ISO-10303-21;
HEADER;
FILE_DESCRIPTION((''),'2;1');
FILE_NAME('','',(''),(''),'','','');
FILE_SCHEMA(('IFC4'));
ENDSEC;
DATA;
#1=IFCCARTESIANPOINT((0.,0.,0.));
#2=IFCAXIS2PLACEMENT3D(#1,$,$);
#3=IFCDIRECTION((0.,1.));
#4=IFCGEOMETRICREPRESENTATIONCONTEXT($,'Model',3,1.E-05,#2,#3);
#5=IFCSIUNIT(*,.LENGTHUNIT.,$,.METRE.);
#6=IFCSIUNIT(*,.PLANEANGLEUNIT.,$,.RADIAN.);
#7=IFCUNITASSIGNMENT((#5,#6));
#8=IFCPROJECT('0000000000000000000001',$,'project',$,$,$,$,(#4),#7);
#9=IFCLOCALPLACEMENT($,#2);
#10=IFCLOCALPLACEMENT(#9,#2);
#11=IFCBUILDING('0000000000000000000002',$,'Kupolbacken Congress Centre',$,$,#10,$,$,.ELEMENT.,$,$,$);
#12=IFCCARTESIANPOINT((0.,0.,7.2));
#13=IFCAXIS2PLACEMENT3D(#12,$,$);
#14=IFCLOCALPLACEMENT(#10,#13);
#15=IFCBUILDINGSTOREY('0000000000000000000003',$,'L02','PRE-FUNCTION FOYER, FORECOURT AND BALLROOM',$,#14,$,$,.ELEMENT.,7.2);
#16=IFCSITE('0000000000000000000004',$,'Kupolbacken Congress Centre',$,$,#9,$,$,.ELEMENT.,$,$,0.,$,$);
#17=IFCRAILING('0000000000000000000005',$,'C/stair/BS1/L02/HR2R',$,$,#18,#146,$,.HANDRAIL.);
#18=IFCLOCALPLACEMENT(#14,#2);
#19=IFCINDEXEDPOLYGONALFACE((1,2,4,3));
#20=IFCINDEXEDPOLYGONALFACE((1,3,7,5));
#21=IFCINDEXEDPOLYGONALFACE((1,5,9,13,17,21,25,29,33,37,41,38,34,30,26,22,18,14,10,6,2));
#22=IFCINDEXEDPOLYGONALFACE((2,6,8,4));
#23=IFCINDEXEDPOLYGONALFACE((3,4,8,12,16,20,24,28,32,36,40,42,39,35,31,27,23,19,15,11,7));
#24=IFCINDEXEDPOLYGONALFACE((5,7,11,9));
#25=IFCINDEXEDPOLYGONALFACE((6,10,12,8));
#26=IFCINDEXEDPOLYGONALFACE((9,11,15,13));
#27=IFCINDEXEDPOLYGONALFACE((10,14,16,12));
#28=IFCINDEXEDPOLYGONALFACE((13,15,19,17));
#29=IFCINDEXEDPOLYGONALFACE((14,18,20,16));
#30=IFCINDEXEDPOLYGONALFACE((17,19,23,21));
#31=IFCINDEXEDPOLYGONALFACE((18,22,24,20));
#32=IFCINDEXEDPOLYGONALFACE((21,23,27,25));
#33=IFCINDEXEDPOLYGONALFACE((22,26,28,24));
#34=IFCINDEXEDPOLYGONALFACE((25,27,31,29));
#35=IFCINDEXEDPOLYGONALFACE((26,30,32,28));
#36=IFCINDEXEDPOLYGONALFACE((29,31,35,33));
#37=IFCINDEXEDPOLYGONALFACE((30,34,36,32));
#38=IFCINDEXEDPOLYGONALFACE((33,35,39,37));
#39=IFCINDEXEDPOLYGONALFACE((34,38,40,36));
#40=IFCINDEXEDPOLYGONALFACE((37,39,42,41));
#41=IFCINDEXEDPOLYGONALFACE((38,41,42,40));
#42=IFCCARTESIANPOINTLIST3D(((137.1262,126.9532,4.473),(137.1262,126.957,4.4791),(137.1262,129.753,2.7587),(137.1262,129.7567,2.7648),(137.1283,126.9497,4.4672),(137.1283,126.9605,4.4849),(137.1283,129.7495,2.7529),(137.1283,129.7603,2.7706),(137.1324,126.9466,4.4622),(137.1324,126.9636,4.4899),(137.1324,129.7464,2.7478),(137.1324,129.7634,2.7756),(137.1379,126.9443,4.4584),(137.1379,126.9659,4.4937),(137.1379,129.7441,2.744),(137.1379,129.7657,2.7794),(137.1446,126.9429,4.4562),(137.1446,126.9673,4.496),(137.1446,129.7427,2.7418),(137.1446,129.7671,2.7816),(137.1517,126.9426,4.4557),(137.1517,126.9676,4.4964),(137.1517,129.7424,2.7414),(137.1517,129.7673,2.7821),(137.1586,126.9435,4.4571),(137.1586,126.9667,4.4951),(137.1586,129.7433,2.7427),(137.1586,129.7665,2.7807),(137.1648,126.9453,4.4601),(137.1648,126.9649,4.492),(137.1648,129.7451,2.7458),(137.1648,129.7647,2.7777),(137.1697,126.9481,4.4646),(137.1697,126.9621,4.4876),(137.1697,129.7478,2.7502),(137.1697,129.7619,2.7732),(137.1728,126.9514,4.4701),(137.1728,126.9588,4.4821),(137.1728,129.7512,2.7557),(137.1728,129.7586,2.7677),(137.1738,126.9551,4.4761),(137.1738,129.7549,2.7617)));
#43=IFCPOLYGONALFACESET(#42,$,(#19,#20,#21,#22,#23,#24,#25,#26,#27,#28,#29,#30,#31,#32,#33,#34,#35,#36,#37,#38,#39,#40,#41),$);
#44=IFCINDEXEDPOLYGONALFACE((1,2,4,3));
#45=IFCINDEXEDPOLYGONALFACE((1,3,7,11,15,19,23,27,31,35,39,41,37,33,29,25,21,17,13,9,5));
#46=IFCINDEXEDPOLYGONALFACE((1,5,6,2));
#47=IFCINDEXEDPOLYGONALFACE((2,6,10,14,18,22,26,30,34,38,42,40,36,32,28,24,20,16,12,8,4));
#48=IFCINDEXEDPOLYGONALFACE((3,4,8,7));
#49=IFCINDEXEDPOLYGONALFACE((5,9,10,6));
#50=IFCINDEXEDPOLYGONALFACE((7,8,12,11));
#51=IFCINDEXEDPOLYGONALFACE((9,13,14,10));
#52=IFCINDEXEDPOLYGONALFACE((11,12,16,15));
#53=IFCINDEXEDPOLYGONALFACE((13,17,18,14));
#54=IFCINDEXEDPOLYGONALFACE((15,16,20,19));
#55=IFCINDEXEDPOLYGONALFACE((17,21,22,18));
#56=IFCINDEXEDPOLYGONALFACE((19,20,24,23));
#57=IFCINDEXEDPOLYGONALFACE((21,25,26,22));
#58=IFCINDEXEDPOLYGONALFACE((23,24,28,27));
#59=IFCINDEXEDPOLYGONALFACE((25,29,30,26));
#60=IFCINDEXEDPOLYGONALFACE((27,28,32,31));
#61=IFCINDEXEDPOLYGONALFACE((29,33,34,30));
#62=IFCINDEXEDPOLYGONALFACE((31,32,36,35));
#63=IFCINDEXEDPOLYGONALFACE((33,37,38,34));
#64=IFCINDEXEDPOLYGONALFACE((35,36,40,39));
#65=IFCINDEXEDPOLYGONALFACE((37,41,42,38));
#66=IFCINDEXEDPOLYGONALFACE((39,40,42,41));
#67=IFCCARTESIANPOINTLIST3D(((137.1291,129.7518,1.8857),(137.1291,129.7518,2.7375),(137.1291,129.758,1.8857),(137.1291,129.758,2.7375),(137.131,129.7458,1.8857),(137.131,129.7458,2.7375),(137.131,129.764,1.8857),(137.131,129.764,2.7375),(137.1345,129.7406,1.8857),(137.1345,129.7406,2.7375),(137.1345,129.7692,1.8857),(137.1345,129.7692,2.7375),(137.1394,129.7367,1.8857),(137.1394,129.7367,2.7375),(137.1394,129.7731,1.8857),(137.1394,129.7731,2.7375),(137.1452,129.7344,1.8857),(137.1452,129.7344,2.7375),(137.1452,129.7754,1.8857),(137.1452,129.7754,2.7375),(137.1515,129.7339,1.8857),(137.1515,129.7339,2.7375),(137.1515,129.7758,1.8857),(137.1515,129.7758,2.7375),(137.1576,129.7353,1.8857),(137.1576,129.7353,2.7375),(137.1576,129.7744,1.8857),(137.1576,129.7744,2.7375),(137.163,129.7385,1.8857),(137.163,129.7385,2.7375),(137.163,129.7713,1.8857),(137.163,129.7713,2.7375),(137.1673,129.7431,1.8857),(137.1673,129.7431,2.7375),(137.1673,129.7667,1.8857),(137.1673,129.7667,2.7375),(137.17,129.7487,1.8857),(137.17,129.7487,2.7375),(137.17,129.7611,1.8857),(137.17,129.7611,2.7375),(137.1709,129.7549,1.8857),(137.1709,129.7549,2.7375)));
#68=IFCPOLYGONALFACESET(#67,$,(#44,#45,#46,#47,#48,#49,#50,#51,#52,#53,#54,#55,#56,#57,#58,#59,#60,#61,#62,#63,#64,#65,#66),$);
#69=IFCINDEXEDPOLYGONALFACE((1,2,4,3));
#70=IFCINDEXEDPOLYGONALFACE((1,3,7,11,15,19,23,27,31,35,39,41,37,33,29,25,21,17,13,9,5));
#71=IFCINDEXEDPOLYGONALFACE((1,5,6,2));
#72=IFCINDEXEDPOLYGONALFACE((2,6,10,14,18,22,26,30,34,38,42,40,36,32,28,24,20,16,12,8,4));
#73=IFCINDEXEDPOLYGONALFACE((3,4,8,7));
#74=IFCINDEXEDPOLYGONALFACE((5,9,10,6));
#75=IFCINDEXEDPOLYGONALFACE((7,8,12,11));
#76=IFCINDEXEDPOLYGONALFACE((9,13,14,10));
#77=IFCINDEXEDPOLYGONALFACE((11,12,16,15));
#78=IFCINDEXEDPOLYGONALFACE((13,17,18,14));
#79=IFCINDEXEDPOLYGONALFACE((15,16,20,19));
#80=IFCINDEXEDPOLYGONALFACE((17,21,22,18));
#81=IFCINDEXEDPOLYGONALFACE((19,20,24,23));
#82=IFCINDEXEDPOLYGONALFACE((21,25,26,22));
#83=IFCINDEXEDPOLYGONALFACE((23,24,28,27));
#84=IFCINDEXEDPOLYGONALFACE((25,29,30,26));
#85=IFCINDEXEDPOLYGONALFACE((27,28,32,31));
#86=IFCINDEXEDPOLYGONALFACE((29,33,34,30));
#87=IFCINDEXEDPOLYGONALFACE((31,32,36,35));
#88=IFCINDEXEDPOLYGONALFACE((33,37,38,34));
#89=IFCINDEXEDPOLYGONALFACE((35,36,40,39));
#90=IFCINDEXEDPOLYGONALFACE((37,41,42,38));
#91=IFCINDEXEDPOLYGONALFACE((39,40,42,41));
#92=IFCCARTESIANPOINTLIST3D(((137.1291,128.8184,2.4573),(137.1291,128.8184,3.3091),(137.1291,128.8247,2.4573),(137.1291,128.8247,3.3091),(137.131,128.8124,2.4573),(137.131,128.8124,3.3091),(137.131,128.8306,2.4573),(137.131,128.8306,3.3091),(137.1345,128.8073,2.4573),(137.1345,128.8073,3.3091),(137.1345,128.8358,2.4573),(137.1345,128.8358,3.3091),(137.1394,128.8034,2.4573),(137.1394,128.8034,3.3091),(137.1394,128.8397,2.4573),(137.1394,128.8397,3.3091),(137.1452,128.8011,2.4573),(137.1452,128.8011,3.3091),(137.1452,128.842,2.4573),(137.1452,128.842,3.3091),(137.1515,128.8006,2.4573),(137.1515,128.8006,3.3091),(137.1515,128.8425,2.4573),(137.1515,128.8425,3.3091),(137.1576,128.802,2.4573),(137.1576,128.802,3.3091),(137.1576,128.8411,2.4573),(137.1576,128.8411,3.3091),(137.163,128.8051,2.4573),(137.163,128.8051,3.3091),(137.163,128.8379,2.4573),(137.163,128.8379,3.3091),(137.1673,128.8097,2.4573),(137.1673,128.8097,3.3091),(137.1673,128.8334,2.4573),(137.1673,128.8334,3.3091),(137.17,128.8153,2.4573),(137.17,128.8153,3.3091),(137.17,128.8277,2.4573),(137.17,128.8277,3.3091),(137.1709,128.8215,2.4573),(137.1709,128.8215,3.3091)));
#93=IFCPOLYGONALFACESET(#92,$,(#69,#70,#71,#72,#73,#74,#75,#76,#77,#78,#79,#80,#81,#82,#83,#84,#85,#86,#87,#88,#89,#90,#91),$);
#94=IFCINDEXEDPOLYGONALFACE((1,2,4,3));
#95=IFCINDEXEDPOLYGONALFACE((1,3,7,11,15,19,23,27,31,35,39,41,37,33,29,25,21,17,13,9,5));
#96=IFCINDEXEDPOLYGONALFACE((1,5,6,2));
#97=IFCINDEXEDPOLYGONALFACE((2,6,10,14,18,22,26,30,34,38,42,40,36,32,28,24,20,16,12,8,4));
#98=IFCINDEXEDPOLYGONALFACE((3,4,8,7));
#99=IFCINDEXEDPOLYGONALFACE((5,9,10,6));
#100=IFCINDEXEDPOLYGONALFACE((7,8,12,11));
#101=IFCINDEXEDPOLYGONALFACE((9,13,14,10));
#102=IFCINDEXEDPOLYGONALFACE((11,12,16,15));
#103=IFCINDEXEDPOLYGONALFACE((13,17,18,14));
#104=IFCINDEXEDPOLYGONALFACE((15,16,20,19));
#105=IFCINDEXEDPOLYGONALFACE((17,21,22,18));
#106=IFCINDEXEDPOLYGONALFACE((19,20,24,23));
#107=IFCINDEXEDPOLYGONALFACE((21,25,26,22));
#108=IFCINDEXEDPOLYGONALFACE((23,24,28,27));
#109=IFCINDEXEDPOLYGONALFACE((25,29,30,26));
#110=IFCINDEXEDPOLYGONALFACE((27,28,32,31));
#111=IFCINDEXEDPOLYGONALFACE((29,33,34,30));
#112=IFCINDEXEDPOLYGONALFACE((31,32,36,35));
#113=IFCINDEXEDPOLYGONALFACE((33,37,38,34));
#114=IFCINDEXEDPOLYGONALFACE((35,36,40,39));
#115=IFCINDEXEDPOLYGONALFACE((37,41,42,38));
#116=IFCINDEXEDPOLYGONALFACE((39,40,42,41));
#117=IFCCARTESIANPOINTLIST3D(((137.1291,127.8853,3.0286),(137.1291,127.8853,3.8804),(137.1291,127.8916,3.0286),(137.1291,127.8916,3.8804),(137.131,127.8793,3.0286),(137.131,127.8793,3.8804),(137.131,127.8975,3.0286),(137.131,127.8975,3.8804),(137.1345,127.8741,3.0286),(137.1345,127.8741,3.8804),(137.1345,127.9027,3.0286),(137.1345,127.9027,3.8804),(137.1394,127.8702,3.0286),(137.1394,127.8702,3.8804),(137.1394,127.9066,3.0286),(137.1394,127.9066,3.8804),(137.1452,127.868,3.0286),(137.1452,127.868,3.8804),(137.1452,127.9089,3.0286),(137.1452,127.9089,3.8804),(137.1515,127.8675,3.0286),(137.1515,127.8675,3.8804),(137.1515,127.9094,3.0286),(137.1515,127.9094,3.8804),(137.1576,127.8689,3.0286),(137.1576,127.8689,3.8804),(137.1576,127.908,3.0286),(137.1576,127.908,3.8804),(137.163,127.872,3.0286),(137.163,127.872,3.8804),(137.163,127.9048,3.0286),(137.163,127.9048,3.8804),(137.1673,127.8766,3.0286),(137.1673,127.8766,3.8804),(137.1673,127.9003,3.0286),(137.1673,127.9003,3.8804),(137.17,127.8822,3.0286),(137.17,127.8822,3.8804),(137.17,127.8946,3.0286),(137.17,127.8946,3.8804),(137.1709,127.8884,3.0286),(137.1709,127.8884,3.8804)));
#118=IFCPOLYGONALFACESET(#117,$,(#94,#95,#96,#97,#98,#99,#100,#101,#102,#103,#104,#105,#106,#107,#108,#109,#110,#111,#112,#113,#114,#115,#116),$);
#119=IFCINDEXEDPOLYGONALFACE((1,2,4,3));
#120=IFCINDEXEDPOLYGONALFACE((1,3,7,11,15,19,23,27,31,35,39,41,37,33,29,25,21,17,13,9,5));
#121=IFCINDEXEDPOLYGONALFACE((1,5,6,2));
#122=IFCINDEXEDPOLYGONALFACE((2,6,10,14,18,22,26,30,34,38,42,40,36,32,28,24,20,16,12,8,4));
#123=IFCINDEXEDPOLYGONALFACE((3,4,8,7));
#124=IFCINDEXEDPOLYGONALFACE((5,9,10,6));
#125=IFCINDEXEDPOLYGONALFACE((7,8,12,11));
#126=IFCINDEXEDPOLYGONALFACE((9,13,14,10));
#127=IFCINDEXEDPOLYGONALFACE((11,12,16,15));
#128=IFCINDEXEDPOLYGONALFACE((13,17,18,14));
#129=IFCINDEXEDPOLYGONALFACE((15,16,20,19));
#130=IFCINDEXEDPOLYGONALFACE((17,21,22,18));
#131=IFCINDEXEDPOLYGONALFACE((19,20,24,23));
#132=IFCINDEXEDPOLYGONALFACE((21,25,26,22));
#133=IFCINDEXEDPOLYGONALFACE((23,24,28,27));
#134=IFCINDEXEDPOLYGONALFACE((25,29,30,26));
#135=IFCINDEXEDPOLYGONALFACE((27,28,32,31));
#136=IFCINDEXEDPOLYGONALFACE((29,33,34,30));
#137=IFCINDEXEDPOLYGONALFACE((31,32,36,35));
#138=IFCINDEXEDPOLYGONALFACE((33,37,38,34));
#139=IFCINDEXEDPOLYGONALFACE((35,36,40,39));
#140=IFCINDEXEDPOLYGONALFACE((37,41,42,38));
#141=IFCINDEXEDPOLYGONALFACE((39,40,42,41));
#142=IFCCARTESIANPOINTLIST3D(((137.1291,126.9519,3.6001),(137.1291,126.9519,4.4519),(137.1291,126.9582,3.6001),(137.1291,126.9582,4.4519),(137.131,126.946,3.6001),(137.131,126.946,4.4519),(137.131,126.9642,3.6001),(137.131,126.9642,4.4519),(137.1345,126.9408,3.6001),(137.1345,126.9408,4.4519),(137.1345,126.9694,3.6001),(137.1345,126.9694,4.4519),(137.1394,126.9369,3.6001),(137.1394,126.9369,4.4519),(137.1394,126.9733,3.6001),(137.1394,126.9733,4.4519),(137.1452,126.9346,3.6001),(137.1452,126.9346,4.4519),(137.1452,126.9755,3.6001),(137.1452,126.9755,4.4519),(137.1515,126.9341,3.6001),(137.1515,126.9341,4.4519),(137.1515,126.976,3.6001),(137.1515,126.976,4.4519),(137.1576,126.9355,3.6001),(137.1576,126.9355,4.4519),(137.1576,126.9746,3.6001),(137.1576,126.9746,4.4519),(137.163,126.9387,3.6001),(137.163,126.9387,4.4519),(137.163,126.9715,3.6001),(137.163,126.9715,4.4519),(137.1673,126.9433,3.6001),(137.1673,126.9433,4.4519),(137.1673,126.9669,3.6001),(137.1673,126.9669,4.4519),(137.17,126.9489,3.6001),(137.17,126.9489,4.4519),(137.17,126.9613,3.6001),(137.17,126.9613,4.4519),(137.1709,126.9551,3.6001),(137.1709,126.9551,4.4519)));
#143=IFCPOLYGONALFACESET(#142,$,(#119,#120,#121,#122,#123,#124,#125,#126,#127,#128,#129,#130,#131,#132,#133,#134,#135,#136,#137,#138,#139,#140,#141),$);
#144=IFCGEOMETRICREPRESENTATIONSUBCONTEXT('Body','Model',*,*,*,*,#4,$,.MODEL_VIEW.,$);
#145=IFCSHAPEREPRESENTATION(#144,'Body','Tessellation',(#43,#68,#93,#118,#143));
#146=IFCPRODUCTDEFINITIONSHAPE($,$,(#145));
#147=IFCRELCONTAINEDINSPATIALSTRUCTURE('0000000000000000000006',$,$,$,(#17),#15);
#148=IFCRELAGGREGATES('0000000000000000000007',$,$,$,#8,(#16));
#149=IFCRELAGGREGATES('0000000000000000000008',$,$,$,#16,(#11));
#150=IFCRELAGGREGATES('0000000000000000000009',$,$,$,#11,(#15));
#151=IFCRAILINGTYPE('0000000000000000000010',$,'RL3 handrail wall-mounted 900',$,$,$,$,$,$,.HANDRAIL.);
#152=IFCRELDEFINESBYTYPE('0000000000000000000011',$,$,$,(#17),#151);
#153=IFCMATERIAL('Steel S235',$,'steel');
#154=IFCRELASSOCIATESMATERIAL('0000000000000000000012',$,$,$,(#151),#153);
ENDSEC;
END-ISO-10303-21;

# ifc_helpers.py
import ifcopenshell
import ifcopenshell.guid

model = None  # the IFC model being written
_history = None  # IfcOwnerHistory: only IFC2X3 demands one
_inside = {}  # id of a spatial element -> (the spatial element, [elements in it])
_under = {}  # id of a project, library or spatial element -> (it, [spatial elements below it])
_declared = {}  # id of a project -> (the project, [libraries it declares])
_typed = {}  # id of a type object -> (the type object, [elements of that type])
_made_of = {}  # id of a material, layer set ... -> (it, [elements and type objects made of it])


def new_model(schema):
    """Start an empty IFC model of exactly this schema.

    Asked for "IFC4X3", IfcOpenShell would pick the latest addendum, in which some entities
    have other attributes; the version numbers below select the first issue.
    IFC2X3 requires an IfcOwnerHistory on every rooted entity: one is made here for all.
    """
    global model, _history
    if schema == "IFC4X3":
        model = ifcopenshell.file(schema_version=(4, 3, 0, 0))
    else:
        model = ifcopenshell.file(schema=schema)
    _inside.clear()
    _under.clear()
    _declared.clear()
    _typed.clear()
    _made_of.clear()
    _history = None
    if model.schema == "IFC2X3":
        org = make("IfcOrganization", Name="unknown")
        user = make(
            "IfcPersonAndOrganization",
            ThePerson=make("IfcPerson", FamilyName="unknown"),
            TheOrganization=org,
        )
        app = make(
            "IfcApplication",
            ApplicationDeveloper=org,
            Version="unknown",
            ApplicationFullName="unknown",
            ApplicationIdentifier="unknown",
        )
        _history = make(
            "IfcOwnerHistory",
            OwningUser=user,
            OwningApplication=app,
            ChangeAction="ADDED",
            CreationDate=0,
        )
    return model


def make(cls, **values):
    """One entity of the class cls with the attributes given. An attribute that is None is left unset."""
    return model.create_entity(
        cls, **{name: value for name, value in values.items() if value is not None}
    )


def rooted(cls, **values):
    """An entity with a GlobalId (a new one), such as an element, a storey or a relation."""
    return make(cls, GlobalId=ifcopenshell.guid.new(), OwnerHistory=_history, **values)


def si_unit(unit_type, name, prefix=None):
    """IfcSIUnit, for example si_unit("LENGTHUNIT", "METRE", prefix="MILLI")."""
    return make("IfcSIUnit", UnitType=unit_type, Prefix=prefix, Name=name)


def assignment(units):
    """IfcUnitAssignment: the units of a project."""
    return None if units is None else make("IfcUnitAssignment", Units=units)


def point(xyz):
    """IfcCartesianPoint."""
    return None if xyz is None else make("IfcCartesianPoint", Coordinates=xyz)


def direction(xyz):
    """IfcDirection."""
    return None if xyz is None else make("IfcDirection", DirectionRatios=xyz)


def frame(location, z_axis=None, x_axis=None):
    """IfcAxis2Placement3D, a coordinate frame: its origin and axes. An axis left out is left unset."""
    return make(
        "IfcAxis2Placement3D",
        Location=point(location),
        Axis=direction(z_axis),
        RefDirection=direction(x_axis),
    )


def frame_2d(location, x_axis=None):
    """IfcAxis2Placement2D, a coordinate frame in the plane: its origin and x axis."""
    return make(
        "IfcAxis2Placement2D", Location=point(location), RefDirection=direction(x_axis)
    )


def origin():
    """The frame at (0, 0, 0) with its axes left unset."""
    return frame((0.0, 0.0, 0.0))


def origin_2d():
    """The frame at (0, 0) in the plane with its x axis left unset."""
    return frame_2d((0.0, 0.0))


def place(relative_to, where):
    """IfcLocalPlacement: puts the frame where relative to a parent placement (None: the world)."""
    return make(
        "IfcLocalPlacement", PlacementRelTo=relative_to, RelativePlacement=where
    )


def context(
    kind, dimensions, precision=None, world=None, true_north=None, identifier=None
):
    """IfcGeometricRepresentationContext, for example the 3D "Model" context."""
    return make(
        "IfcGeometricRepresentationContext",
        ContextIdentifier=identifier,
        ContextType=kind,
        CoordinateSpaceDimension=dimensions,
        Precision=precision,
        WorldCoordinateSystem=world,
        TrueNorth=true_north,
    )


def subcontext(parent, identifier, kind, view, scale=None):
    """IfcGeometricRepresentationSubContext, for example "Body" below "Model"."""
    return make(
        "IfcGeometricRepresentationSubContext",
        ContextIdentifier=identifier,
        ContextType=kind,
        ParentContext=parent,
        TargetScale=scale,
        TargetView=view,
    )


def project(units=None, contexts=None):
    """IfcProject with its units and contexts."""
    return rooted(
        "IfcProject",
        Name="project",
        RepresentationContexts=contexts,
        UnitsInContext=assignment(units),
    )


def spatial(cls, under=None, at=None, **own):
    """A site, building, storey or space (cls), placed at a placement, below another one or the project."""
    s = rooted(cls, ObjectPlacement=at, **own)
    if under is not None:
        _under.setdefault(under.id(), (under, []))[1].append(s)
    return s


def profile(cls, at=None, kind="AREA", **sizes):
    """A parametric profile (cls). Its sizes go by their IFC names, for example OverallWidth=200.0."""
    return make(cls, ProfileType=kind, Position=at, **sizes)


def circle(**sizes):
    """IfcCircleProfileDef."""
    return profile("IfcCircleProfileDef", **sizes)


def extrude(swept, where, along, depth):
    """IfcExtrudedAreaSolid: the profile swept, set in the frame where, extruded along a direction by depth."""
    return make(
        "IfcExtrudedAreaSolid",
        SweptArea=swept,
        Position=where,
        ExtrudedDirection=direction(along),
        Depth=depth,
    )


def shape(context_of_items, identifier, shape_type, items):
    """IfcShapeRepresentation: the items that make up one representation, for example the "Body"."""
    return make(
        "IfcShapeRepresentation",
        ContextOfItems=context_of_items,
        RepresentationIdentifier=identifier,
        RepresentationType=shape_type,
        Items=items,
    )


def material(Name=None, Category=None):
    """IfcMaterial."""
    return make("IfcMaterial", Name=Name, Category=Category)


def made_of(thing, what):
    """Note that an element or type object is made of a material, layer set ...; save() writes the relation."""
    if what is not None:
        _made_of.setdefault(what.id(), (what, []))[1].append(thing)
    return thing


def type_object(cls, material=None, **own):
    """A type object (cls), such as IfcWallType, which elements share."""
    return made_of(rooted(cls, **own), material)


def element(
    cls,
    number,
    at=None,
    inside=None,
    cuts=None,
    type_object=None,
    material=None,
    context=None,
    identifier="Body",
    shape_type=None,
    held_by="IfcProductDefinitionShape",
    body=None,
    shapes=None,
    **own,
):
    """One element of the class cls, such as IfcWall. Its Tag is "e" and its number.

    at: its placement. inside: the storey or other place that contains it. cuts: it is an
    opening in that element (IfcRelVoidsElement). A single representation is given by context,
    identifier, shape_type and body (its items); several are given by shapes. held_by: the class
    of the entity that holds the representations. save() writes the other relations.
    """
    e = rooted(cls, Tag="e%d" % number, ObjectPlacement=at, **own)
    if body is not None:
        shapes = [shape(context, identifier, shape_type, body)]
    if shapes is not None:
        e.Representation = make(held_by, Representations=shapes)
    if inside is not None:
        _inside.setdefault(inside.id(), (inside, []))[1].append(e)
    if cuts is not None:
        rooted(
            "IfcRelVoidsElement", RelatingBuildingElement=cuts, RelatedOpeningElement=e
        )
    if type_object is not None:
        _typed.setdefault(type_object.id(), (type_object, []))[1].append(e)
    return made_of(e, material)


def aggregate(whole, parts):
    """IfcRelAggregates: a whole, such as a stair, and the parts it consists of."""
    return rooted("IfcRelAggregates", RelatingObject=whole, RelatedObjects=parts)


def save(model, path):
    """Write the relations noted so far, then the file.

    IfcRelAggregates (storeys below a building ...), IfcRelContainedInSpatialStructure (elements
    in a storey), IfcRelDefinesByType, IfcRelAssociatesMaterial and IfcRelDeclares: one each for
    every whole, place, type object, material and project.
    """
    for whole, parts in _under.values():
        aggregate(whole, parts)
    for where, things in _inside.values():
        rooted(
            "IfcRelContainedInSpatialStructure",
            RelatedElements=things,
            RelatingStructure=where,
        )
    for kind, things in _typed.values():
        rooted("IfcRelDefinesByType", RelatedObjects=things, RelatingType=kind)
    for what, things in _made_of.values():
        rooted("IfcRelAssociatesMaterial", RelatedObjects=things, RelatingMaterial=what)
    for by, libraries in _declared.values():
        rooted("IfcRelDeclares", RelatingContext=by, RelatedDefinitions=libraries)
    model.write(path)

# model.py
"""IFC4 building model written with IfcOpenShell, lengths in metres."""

from ifc_helpers import new_model, si_unit, direction, frame, origin, origin_2d, place, context, subcontext, project, spatial, circle, extrude, material, type_object, element, save


model = new_model("IFC4")

# Units and contexts
model_context = context("Model", 3, precision=1e-05, world=origin(), true_north=direction((0.0, 1.0)))
body_context = subcontext(model_context, "Body", "Model", "MODEL_VIEW")
ifc_project = project(units=[si_unit("LENGTHUNIT", "METRE"), si_unit("PLANEANGLEUNIT", "RADIAN")], contexts=[model_context])

# Site, building, storey
site_placement = place(None, origin())
site = spatial("IfcSite", under=ifc_project, at=site_placement, Name="Kupolbacken Congress Centre", CompositionType="ELEMENT", RefElevation=0.0)
building_placement = place(site_placement, origin())
building = spatial("IfcBuilding", under=site, at=building_placement, Name="Kupolbacken Congress Centre", CompositionType="ELEMENT")
storey_placement = place(building_placement, frame((0.0, 0.0, 7.2)))
storey = spatial("IfcBuildingStorey", under=building, at=storey_placement, Name="L02", Description="PRE-FUNCTION FOYER, FORECOURT AND BALLROOM", CompositionType="ELEMENT", Elevation=7.2)

# Railing
ifc_material_1 = material(Name="Steel S235", Category="steel")
railing_type = type_object("IfcRailingType", Name="RL3 handrail wall-mounted 900", PredefinedType="HANDRAIL", material=ifc_material_1)
for number, where, name in (
    (1, (137.1499, 129.7549, 1.8857), "C/stair/BS1/L02/HR2R"),
):
    element("IfcRailing", number, at=place(storey_placement, frame(where)), inside=storey, type_object=railing_type, Name=name, PredefinedType="HANDRAIL", context=body_context, shape_type="SweptSolid", body=[
        extrude(circle(Radius=0.0239, at=origin_2d()), frame((0.0, 0.0, 0.876), z_axis=(0.0, -0.852826, 0.522196), x_axis=(1.0, 0.0, 0.0)), (0.0, 0.0, 1.0), 3.283),
        extrude(circle(Radius=0.021, at=origin_2d()), origin(), (0.0, 0.0, 1.0), 0.8518),
        extrude(circle(Radius=0.021, at=origin_2d()), frame((0.0, -0.9333, 0.5715)), (0.0, 0.0, 1.0), 0.8518),
        extrude(circle(Radius=0.021, at=origin_2d()), frame((0.0, -1.8665, 1.1428)), (0.0, 0.0, 1.0), 0.8518),
        extrude(circle(Radius=0.021, at=origin_2d()), frame((0.0, -2.7998, 1.7144)), (0.0, 0.0, 1.0), 0.8518),
    ])

save(model, "model.ifc")
